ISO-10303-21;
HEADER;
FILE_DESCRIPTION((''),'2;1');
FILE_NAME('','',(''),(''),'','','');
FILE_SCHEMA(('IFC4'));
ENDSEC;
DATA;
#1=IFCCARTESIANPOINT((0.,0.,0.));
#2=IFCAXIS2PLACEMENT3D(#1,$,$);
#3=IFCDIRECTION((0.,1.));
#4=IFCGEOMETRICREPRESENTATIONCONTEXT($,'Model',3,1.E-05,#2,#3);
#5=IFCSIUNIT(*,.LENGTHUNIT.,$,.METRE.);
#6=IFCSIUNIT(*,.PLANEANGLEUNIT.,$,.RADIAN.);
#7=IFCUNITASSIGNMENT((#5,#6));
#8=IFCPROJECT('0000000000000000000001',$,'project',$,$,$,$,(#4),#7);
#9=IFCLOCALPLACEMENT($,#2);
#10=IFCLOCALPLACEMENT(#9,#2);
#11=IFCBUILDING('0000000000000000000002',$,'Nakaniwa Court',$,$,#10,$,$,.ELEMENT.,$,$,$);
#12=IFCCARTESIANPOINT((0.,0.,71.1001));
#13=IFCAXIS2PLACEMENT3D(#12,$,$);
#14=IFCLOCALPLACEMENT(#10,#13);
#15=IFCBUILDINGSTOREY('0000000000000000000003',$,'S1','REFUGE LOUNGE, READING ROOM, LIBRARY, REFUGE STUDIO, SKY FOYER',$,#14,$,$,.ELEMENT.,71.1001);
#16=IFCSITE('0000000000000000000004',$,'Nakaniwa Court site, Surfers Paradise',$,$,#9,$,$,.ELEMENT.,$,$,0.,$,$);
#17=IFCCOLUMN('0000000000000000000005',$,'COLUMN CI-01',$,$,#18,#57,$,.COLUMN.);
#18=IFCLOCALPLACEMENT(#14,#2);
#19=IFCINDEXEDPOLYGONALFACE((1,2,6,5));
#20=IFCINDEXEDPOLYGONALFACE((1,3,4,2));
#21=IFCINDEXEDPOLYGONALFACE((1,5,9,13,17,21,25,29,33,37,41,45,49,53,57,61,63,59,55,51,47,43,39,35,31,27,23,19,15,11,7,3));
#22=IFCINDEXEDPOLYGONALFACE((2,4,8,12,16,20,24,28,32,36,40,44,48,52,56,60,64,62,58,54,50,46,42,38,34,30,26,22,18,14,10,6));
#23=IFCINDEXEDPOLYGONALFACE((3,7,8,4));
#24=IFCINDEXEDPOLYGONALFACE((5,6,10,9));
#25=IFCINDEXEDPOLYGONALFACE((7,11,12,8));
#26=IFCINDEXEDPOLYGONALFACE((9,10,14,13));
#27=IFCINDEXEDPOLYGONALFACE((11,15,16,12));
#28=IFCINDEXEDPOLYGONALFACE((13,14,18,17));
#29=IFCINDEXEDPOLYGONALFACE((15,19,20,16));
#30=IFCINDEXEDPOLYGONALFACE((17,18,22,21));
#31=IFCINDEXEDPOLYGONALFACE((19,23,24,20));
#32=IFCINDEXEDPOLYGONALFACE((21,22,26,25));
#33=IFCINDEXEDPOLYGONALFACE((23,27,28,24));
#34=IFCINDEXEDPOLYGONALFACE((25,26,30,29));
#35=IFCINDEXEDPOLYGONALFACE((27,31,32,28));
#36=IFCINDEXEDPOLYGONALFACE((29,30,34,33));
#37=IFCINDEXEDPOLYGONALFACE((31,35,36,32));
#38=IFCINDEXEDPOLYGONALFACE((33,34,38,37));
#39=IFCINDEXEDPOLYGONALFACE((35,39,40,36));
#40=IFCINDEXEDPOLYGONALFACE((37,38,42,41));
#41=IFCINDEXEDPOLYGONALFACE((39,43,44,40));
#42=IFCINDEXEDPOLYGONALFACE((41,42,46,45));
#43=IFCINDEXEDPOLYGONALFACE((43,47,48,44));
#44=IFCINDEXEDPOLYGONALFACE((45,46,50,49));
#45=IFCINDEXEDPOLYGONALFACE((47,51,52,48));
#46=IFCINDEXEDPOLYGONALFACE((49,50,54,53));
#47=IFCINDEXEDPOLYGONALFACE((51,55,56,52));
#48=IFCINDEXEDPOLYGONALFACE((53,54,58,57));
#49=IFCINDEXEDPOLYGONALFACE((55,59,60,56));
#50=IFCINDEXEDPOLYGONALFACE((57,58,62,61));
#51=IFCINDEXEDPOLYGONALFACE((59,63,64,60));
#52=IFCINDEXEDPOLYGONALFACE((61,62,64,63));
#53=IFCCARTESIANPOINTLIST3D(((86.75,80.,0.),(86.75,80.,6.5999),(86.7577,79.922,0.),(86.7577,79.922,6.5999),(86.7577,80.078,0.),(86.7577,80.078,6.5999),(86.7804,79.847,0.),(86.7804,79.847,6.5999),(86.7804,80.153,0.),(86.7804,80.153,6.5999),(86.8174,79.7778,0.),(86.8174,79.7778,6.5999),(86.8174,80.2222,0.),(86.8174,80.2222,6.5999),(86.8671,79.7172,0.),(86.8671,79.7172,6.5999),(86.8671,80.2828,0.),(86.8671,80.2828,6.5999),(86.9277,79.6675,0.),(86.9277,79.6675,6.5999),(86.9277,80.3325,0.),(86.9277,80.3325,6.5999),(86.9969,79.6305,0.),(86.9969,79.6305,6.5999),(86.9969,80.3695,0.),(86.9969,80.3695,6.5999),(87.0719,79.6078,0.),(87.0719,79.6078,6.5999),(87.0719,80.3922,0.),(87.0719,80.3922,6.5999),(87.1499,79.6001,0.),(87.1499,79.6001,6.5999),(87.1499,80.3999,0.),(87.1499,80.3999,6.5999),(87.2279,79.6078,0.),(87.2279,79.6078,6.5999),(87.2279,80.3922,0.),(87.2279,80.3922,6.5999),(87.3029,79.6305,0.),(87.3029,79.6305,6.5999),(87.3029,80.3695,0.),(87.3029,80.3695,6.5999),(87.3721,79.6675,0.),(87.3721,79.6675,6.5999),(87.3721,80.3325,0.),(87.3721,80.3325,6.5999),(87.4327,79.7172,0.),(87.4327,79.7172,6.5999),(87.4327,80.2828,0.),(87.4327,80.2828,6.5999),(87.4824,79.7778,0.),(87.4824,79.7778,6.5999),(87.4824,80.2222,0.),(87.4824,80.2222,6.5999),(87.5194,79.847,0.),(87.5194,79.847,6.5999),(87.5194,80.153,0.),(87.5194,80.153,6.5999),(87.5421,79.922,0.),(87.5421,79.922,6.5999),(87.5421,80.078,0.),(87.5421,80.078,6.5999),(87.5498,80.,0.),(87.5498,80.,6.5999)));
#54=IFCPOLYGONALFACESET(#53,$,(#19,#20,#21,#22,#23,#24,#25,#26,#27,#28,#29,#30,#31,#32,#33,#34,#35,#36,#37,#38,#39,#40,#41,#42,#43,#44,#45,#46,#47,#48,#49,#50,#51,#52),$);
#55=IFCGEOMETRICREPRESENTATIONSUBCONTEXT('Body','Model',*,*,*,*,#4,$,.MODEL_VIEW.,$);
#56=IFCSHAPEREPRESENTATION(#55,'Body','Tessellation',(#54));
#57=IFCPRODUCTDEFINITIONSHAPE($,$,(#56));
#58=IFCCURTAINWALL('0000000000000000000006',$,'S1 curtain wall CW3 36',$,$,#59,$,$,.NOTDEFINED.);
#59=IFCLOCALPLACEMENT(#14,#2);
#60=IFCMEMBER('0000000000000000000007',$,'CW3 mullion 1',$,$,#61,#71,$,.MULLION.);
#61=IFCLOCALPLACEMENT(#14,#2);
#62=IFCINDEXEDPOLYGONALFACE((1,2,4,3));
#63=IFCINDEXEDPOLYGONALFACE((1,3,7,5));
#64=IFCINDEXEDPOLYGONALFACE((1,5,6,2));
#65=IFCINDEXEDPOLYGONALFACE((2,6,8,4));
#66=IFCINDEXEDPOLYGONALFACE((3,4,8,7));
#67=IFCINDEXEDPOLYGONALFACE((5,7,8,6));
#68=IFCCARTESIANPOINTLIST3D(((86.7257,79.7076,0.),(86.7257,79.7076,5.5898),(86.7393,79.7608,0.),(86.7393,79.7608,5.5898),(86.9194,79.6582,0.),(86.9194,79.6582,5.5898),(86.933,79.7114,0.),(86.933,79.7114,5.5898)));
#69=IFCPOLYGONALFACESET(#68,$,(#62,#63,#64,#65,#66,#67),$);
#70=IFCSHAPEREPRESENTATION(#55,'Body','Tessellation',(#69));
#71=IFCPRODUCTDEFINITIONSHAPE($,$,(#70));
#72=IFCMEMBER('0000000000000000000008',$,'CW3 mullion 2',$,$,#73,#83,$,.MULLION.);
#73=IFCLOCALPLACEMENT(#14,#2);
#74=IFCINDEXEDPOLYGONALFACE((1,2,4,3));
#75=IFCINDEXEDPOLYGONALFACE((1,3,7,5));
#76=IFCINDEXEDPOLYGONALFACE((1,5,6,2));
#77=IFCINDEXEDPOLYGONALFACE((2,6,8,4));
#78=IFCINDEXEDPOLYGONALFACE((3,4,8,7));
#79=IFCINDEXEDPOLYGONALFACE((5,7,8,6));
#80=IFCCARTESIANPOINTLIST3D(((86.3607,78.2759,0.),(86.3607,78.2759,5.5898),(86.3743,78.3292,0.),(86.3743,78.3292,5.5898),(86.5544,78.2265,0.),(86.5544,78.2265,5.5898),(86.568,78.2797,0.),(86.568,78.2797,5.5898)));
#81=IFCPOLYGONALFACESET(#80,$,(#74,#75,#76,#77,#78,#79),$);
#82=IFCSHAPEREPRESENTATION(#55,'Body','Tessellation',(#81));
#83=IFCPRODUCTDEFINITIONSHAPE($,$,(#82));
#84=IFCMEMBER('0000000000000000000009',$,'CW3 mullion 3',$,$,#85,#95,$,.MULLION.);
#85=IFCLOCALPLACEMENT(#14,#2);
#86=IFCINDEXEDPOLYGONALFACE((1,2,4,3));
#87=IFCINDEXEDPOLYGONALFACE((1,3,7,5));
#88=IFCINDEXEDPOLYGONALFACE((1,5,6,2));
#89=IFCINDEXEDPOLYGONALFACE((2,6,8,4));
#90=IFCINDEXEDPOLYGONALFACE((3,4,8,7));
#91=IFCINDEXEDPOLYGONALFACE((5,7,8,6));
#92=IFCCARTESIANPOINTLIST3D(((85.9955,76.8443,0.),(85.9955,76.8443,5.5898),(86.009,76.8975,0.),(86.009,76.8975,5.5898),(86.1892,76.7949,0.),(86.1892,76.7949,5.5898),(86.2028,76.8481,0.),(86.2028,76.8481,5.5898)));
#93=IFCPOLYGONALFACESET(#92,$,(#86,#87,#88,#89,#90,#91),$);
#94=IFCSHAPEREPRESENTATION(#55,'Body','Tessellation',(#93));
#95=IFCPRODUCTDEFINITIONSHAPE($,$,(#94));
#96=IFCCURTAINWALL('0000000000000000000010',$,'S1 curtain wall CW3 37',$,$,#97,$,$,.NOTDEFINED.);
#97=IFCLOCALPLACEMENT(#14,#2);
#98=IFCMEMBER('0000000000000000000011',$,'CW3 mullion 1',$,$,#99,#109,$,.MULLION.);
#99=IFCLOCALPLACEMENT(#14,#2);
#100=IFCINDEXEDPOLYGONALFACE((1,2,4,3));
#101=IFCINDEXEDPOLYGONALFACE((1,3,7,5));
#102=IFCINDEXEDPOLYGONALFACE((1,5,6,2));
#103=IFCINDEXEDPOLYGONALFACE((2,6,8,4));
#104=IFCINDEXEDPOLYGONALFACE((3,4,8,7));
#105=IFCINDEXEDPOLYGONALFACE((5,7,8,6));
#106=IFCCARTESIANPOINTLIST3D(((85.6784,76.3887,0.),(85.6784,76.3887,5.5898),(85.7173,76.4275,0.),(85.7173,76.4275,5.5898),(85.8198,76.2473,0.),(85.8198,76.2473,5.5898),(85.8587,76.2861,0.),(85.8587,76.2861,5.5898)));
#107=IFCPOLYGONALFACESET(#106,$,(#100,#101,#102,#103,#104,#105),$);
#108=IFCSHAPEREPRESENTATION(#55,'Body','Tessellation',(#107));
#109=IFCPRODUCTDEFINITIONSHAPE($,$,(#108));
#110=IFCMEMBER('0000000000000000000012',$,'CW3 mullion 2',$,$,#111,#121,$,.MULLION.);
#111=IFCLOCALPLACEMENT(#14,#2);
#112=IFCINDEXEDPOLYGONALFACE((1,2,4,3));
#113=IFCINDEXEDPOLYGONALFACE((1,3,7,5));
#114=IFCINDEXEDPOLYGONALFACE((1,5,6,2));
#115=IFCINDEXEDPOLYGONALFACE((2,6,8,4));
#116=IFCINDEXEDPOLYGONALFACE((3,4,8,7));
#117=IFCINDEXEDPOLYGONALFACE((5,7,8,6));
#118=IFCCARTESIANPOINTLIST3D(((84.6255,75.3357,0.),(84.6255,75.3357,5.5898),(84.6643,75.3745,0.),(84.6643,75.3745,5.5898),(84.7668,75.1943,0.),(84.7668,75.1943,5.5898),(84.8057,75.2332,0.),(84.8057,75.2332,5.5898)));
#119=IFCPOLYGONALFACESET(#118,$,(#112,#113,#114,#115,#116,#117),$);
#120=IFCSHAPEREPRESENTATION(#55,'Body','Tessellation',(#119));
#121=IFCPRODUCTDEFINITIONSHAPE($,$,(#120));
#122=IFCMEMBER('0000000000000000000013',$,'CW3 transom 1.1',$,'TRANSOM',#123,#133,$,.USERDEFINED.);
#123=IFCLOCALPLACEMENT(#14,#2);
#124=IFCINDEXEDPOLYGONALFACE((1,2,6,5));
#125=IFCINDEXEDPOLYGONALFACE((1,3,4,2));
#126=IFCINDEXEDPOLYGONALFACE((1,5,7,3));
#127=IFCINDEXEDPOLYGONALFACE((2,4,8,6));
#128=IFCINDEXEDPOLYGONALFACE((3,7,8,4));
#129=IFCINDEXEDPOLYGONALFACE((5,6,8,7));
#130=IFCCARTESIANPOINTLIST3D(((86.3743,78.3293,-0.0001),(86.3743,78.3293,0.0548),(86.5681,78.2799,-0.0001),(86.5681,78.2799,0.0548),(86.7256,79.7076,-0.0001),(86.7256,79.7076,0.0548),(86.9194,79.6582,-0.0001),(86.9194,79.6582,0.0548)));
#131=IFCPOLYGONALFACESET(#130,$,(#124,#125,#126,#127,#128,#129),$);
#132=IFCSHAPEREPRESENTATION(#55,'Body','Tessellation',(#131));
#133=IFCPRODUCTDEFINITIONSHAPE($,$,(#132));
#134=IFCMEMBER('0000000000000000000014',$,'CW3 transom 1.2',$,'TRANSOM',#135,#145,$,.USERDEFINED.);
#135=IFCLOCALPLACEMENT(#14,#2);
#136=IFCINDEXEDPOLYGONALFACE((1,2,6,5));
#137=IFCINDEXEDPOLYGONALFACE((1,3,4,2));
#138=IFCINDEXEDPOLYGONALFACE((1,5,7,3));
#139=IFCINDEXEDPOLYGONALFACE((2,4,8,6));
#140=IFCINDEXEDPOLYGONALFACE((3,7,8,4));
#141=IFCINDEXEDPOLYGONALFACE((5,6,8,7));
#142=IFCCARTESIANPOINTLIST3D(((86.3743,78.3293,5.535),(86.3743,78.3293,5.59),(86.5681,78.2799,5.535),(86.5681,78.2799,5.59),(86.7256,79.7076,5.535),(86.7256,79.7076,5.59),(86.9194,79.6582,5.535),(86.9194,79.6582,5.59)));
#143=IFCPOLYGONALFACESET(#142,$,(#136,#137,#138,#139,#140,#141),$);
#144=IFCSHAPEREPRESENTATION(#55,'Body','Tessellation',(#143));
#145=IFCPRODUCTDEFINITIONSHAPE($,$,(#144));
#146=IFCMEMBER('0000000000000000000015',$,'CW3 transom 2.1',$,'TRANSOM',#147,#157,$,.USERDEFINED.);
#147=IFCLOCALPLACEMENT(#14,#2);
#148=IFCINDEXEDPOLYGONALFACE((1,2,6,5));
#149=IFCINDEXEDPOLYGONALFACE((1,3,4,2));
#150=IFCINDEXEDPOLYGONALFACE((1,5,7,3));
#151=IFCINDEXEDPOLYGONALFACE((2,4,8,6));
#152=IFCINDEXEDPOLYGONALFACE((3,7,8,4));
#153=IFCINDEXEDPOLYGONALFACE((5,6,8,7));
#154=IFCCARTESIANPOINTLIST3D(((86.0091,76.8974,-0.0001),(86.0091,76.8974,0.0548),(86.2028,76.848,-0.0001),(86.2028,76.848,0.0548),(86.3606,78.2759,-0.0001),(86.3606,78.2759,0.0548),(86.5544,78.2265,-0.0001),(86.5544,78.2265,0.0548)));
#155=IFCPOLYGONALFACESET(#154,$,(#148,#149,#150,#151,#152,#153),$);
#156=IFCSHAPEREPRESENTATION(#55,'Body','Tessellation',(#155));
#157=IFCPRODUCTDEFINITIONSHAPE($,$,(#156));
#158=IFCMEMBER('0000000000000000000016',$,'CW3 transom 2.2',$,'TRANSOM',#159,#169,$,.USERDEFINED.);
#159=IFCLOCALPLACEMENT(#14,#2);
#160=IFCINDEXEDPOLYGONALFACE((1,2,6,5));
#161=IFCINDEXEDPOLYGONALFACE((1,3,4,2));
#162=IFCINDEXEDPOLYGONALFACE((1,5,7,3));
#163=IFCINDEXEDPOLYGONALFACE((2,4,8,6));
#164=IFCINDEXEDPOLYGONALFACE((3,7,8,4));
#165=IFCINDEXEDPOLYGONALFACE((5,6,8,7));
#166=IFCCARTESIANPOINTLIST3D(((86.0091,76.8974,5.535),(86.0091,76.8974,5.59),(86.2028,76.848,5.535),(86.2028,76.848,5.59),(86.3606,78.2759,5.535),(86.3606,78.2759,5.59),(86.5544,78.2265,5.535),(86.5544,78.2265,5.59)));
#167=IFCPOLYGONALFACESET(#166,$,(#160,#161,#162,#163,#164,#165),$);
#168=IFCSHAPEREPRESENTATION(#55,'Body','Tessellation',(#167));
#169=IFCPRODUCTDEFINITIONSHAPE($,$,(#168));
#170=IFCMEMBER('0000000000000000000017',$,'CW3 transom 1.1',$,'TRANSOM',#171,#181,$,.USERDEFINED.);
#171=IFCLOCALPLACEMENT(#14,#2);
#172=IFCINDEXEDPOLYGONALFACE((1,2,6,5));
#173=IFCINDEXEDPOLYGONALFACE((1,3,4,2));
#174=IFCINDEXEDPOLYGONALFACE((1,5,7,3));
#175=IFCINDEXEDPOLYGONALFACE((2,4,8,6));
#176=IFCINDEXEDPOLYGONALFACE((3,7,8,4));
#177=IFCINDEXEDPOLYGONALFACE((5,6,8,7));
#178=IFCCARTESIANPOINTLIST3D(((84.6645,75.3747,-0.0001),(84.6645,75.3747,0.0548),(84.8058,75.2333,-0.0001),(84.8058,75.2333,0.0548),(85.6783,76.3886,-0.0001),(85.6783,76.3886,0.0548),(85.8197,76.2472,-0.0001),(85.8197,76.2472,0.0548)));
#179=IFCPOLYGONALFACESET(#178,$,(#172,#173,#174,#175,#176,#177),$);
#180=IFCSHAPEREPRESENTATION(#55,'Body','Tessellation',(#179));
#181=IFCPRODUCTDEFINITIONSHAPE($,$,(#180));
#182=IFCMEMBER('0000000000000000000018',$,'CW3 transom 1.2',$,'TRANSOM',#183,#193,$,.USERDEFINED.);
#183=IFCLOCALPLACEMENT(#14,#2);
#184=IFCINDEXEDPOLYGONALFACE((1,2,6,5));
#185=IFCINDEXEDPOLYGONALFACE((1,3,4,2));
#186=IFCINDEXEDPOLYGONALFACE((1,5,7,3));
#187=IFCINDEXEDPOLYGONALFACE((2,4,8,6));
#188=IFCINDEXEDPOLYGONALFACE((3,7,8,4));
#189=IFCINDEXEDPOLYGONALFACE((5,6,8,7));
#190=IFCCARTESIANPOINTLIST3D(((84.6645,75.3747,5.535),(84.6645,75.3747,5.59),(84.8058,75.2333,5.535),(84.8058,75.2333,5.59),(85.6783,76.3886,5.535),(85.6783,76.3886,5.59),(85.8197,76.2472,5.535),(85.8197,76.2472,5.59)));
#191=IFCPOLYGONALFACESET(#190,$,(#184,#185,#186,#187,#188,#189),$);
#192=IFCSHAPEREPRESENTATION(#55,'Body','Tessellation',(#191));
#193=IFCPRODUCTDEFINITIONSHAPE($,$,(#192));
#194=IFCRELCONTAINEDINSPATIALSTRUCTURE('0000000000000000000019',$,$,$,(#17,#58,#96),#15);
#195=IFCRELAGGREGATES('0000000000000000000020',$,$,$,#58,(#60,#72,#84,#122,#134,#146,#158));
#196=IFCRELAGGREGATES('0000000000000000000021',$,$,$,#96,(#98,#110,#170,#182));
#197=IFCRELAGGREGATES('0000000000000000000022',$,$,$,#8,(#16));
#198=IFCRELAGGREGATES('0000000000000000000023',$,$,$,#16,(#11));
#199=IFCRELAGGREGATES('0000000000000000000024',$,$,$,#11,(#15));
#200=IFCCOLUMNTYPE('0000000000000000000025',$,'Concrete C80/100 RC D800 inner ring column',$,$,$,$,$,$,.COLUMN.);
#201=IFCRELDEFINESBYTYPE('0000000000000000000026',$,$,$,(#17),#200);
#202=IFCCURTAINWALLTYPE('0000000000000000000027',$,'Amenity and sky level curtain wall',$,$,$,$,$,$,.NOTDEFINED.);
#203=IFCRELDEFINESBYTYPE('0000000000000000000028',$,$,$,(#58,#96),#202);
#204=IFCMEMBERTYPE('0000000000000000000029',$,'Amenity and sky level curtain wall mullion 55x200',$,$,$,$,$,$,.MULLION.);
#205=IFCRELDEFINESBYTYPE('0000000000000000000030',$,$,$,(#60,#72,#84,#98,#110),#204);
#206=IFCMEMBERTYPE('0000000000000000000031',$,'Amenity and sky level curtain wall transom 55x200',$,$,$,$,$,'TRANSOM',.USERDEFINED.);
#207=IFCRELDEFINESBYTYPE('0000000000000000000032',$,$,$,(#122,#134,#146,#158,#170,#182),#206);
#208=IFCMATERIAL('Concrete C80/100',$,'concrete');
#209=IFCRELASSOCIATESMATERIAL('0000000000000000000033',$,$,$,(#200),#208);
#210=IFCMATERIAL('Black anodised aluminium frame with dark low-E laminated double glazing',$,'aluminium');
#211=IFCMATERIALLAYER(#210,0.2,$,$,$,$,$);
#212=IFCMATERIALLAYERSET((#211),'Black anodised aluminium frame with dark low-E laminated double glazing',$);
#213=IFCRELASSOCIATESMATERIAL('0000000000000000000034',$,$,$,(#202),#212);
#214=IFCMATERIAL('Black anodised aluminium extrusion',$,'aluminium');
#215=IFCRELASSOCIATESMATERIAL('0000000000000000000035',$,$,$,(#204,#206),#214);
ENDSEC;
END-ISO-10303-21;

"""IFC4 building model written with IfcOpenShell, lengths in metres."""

from ifc_helpers import new_model, si_unit, direction, frame, origin, origin_2d, place, context, subcontext, project, spatial, rectangle, circle, extrude, material, layer, layer_set, material_profile, profile_set, type_object, element, aggregate, save


model = new_model("IFC4")

# Units and contexts
model_context = context("Model", 3, precision=1e-05, world=origin(), true_north=direction((0.0, 1.0)))
body_context = subcontext(model_context, "Body", "Model", "MODEL_VIEW")
ifc_project = project(units=[si_unit("LENGTHUNIT", "METRE"), si_unit("PLANEANGLEUNIT", "RADIAN")], contexts=[model_context])

# Site, building, storey
site_placement = place(None, origin())
site = spatial("IfcSite", under=ifc_project, at=site_placement, Name="Nakaniwa Court site, Surfers Paradise", CompositionType="ELEMENT", RefElevation=0.0)
building_placement = place(site_placement, origin())
building = spatial("IfcBuilding", under=site, at=building_placement, Name="Nakaniwa Court", CompositionType="ELEMENT")
storey_placement = place(building_placement, frame((0.0, 0.0, 71.1001)))
storey = spatial("IfcBuildingStorey", under=building, at=storey_placement, Name="S1", Description="REFUGE LOUNGE, READING ROOM, LIBRARY, REFUGE STUDIO, SKY FOYER", CompositionType="ELEMENT", Elevation=71.1001)

# Column
ifc_material_1 = material(Name="Concrete C80/100", Category="concrete")
ifc_material_profile_1 = material_profile(ifc_material_1, circle(Radius=0.3999, at=origin_2d()), Name="Concrete C80/100 RC D800 inner ring column")
ifc_profile_set_1 = profile_set([ifc_material_profile_1], Name="Concrete C80/100")
column_type = type_object("IfcColumnType", Name="Concrete C80/100 RC D800 inner ring column", PredefinedType="COLUMN", material=ifc_profile_set_1)
for number, where, z_axis, x_axis, name in (
    (1, (87.1499, 80.0, 0.0), (0.0, 0.0, 1.0), (0.0, 1.0, 0.0), "COLUMN CI-01"),
):
    element("IfcColumn", number, at=place(storey_placement, frame(where, z_axis=z_axis, x_axis=x_axis)), inside=storey, type_object=column_type, Name=name, PredefinedType="COLUMN", context=body_context, shape_type="SweptSolid", body=[
        extrude(circle(Radius=0.3999, at=origin_2d()), origin(), (0.0, 0.0, 1.0), 6.5999),
    ])

# Curtain walls, members
ifc_material_2 = material(Name="Black anodised aluminium frame with dark low-E laminated double glazing", Category="aluminium")
ifc_layer_1 = layer(ifc_material_2, 0.2)
ifc_layer_set_1 = layer_set([ifc_layer_1], Name="Black anodised aluminium frame with dark low-E laminated double glazing")
curtain_wall_type = type_object("IfcCurtainWallType", Name="Amenity and sky level curtain wall", PredefinedType="NOTDEFINED", material=ifc_layer_set_1)
curtain_wall_1_placement = place(storey_placement, origin())
curtain_wall_1 = element("IfcCurtainWall", 2, at=curtain_wall_1_placement, inside=storey, type_object=curtain_wall_type, Name="S1 curtain wall CW3 36", PredefinedType="NOTDEFINED")
ifc_material_3 = material(Name="Black anodised aluminium extrusion", Category="aluminium")
ifc_material_profile_2 = material_profile(ifc_material_3, rectangle(XDim=0.2, YDim=0.0549, at=origin_2d()), Name="Amenity and sky level curtain wall mullion 55x200")
ifc_profile_set_2 = profile_set([ifc_material_profile_2], Name="Black anodised aluminium extrusion")
member_type_1 = type_object("IfcMemberType", Name="Amenity and sky level curtain wall mullion 55x200", PredefinedType="MULLION", material=ifc_profile_set_2)
member_1_placement = place(storey_placement, frame((86.8293, 79.7095, 0.0), z_axis=(0.0, 0.0, 1.0), x_axis=(0.968986, -0.247114, 0.0)))
member_1 = element("IfcMember", 3, at=member_1_placement, type_object=member_type_1, Name="CW3 mullion 1", PredefinedType="MULLION", context=body_context, shape_type="SweptSolid", body=[
    extrude(rectangle(XDim=0.2, YDim=0.0549, at=origin_2d()), origin(), (0.0, 0.0, 1.0), 5.5898),
])
member_2_placement = place(storey_placement, frame((86.4644, 78.2778, 0.0), z_axis=(0.0, 0.0, 1.0), x_axis=(0.968986, -0.247114, 0.0)))
member_2 = element("IfcMember", 4, at=member_2_placement, type_object=member_type_1, Name="CW3 mullion 2", PredefinedType="MULLION", context=body_context, shape_type="SweptSolid", body=[
    extrude(rectangle(XDim=0.2, YDim=0.0549, at=origin_2d()), origin(), (0.0, 0.0, 1.0), 5.5898),
])
member_3_placement = place(storey_placement, frame((86.0991, 76.8462, 0.0), z_axis=(0.0, 0.0, 1.0), x_axis=(0.968986, -0.247114, 0.0)))
member_3 = element("IfcMember", 5, at=member_3_placement, type_object=member_type_1, Name="CW3 mullion 3", PredefinedType="MULLION", context=body_context, shape_type="SweptSolid", body=[
    extrude(rectangle(XDim=0.2, YDim=0.0549, at=origin_2d()), origin(), (0.0, 0.0, 1.0), 5.5898),
])
curtain_wall_2_placement = place(storey_placement, origin())
curtain_wall_2 = element("IfcCurtainWall", 6, at=curtain_wall_2_placement, inside=storey, type_object=curtain_wall_type, Name="S1 curtain wall CW3 37", PredefinedType="NOTDEFINED")
member_4_placement = place(storey_placement, frame((85.7686, 76.3374, 0.0), z_axis=(0.0, 0.0, 1.0), x_axis=(0.707107, -0.707107, 0.0)))
member_4 = element("IfcMember", 7, at=member_4_placement, type_object=member_type_1, Name="CW3 mullion 1", PredefinedType="MULLION", context=body_context, shape_type="SweptSolid", body=[
    extrude(rectangle(XDim=0.2, YDim=0.0549, at=origin_2d()), origin(), (0.0, 0.0, 1.0), 5.5898),
])
member_5_placement = place(storey_placement, frame((84.7156, 75.2844, 0.0), z_axis=(0.0, 0.0, 1.0), x_axis=(0.707107, -0.707107, 0.0)))
member_5 = element("IfcMember", 8, at=member_5_placement, type_object=member_type_1, Name="CW3 mullion 2", PredefinedType="MULLION", context=body_context, shape_type="SweptSolid", body=[
    extrude(rectangle(XDim=0.2, YDim=0.0549, at=origin_2d()), origin(), (0.0, 0.0, 1.0), 5.5898),
])

# Members
ifc_material_profile_3 = material_profile(ifc_material_3, rectangle(XDim=0.2, YDim=0.0549, at=origin_2d()), Name="Amenity and sky level curtain wall transom 55x200")
ifc_profile_set_3 = profile_set([ifc_material_profile_3], Name="Black anodised aluminium extrusion")
member_type_2 = type_object("IfcMemberType", Name="Amenity and sky level curtain wall transom 55x200", ElementType="TRANSOM", PredefinedType="USERDEFINED", material=ifc_profile_set_3)
member_6_placement = place(storey_placement, frame((86.8225, 79.6829, 0.0273), z_axis=(-0.246975, -0.969022, 0.0), x_axis=(0.969022, -0.246975, 0.0)))
member_6 = element("IfcMember", 9, at=member_6_placement, type_object=member_type_2, Name="CW3 transom 1.1", ObjectType="TRANSOM", PredefinedType="USERDEFINED", context=body_context, shape_type="SweptSolid", body=[
    extrude(rectangle(XDim=0.2, YDim=0.0549, at=origin_2d()), origin(), (0.0, 0.0, 1.0), 1.4224),
])
member_7_placement = place(storey_placement, frame((86.8225, 79.6829, 5.5625), z_axis=(-0.246975, -0.969022, 0.0), x_axis=(0.969022, -0.246975, 0.0)))
member_7 = element("IfcMember", 10, at=member_7_placement, type_object=member_type_2, Name="CW3 transom 1.2", ObjectType="TRANSOM", PredefinedType="USERDEFINED", context=body_context, shape_type="SweptSolid", body=[
    extrude(rectangle(XDim=0.2, YDim=0.0549, at=origin_2d()), origin(), (0.0, 0.0, 1.0), 1.4224),
])
member_8_placement = place(storey_placement, frame((86.4575, 78.2512, 0.0273), z_axis=(-0.247136, -0.968981, 0.0), x_axis=(0.968981, -0.247136, 0.0)))
member_8 = element("IfcMember", 11, at=member_8_placement, type_object=member_type_2, Name="CW3 transom 2.1", ObjectType="TRANSOM", PredefinedType="USERDEFINED", context=body_context, shape_type="SweptSolid", body=[
    extrude(rectangle(XDim=0.2, YDim=0.0549, at=origin_2d()), origin(), (0.0, 0.0, 1.0), 1.4226),
])
member_9_placement = place(storey_placement, frame((86.4575, 78.2512, 5.5625), z_axis=(-0.247136, -0.968981, 0.0), x_axis=(0.968981, -0.247136, 0.0)))
member_9 = element("IfcMember", 12, at=member_9_placement, type_object=member_type_2, Name="CW3 transom 2.2", ObjectType="TRANSOM", PredefinedType="USERDEFINED", context=body_context, shape_type="SweptSolid", body=[
    extrude(rectangle(XDim=0.2, YDim=0.0549, at=origin_2d()), origin(), (0.0, 0.0, 1.0), 1.4226),
])
member_10_placement = place(storey_placement, frame((85.749, 76.3179, 0.0273), z_axis=(-0.707107, -0.707107, 0.0), x_axis=(0.707107, -0.707107, 0.0)))
member_10 = element("IfcMember", 13, at=member_10_placement, type_object=member_type_2, Name="CW3 transom 1.1", ObjectType="TRANSOM", PredefinedType="USERDEFINED", context=body_context, shape_type="SweptSolid", body=[
    extrude(rectangle(XDim=0.2, YDim=0.0549, at=origin_2d()), origin(), (0.0, 0.0, 1.0), 1.4338),
])
member_11_placement = place(storey_placement, frame((85.749, 76.3179, 5.5625), z_axis=(-0.707107, -0.707107, 0.0), x_axis=(0.707107, -0.707107, 0.0)))
member_11 = element("IfcMember", 14, at=member_11_placement, type_object=member_type_2, Name="CW3 transom 1.2", ObjectType="TRANSOM", PredefinedType="USERDEFINED", context=body_context, shape_type="SweptSolid", body=[
    extrude(rectangle(XDim=0.2, YDim=0.0549, at=origin_2d()), origin(), (0.0, 0.0, 1.0), 1.4338),
])

aggregate(curtain_wall_1, [member_1, member_2, member_3, member_6, member_7, member_8, member_9])
aggregate(curtain_wall_2, [member_4, member_5, member_10, member_11])

save(model, "model.ifc")
